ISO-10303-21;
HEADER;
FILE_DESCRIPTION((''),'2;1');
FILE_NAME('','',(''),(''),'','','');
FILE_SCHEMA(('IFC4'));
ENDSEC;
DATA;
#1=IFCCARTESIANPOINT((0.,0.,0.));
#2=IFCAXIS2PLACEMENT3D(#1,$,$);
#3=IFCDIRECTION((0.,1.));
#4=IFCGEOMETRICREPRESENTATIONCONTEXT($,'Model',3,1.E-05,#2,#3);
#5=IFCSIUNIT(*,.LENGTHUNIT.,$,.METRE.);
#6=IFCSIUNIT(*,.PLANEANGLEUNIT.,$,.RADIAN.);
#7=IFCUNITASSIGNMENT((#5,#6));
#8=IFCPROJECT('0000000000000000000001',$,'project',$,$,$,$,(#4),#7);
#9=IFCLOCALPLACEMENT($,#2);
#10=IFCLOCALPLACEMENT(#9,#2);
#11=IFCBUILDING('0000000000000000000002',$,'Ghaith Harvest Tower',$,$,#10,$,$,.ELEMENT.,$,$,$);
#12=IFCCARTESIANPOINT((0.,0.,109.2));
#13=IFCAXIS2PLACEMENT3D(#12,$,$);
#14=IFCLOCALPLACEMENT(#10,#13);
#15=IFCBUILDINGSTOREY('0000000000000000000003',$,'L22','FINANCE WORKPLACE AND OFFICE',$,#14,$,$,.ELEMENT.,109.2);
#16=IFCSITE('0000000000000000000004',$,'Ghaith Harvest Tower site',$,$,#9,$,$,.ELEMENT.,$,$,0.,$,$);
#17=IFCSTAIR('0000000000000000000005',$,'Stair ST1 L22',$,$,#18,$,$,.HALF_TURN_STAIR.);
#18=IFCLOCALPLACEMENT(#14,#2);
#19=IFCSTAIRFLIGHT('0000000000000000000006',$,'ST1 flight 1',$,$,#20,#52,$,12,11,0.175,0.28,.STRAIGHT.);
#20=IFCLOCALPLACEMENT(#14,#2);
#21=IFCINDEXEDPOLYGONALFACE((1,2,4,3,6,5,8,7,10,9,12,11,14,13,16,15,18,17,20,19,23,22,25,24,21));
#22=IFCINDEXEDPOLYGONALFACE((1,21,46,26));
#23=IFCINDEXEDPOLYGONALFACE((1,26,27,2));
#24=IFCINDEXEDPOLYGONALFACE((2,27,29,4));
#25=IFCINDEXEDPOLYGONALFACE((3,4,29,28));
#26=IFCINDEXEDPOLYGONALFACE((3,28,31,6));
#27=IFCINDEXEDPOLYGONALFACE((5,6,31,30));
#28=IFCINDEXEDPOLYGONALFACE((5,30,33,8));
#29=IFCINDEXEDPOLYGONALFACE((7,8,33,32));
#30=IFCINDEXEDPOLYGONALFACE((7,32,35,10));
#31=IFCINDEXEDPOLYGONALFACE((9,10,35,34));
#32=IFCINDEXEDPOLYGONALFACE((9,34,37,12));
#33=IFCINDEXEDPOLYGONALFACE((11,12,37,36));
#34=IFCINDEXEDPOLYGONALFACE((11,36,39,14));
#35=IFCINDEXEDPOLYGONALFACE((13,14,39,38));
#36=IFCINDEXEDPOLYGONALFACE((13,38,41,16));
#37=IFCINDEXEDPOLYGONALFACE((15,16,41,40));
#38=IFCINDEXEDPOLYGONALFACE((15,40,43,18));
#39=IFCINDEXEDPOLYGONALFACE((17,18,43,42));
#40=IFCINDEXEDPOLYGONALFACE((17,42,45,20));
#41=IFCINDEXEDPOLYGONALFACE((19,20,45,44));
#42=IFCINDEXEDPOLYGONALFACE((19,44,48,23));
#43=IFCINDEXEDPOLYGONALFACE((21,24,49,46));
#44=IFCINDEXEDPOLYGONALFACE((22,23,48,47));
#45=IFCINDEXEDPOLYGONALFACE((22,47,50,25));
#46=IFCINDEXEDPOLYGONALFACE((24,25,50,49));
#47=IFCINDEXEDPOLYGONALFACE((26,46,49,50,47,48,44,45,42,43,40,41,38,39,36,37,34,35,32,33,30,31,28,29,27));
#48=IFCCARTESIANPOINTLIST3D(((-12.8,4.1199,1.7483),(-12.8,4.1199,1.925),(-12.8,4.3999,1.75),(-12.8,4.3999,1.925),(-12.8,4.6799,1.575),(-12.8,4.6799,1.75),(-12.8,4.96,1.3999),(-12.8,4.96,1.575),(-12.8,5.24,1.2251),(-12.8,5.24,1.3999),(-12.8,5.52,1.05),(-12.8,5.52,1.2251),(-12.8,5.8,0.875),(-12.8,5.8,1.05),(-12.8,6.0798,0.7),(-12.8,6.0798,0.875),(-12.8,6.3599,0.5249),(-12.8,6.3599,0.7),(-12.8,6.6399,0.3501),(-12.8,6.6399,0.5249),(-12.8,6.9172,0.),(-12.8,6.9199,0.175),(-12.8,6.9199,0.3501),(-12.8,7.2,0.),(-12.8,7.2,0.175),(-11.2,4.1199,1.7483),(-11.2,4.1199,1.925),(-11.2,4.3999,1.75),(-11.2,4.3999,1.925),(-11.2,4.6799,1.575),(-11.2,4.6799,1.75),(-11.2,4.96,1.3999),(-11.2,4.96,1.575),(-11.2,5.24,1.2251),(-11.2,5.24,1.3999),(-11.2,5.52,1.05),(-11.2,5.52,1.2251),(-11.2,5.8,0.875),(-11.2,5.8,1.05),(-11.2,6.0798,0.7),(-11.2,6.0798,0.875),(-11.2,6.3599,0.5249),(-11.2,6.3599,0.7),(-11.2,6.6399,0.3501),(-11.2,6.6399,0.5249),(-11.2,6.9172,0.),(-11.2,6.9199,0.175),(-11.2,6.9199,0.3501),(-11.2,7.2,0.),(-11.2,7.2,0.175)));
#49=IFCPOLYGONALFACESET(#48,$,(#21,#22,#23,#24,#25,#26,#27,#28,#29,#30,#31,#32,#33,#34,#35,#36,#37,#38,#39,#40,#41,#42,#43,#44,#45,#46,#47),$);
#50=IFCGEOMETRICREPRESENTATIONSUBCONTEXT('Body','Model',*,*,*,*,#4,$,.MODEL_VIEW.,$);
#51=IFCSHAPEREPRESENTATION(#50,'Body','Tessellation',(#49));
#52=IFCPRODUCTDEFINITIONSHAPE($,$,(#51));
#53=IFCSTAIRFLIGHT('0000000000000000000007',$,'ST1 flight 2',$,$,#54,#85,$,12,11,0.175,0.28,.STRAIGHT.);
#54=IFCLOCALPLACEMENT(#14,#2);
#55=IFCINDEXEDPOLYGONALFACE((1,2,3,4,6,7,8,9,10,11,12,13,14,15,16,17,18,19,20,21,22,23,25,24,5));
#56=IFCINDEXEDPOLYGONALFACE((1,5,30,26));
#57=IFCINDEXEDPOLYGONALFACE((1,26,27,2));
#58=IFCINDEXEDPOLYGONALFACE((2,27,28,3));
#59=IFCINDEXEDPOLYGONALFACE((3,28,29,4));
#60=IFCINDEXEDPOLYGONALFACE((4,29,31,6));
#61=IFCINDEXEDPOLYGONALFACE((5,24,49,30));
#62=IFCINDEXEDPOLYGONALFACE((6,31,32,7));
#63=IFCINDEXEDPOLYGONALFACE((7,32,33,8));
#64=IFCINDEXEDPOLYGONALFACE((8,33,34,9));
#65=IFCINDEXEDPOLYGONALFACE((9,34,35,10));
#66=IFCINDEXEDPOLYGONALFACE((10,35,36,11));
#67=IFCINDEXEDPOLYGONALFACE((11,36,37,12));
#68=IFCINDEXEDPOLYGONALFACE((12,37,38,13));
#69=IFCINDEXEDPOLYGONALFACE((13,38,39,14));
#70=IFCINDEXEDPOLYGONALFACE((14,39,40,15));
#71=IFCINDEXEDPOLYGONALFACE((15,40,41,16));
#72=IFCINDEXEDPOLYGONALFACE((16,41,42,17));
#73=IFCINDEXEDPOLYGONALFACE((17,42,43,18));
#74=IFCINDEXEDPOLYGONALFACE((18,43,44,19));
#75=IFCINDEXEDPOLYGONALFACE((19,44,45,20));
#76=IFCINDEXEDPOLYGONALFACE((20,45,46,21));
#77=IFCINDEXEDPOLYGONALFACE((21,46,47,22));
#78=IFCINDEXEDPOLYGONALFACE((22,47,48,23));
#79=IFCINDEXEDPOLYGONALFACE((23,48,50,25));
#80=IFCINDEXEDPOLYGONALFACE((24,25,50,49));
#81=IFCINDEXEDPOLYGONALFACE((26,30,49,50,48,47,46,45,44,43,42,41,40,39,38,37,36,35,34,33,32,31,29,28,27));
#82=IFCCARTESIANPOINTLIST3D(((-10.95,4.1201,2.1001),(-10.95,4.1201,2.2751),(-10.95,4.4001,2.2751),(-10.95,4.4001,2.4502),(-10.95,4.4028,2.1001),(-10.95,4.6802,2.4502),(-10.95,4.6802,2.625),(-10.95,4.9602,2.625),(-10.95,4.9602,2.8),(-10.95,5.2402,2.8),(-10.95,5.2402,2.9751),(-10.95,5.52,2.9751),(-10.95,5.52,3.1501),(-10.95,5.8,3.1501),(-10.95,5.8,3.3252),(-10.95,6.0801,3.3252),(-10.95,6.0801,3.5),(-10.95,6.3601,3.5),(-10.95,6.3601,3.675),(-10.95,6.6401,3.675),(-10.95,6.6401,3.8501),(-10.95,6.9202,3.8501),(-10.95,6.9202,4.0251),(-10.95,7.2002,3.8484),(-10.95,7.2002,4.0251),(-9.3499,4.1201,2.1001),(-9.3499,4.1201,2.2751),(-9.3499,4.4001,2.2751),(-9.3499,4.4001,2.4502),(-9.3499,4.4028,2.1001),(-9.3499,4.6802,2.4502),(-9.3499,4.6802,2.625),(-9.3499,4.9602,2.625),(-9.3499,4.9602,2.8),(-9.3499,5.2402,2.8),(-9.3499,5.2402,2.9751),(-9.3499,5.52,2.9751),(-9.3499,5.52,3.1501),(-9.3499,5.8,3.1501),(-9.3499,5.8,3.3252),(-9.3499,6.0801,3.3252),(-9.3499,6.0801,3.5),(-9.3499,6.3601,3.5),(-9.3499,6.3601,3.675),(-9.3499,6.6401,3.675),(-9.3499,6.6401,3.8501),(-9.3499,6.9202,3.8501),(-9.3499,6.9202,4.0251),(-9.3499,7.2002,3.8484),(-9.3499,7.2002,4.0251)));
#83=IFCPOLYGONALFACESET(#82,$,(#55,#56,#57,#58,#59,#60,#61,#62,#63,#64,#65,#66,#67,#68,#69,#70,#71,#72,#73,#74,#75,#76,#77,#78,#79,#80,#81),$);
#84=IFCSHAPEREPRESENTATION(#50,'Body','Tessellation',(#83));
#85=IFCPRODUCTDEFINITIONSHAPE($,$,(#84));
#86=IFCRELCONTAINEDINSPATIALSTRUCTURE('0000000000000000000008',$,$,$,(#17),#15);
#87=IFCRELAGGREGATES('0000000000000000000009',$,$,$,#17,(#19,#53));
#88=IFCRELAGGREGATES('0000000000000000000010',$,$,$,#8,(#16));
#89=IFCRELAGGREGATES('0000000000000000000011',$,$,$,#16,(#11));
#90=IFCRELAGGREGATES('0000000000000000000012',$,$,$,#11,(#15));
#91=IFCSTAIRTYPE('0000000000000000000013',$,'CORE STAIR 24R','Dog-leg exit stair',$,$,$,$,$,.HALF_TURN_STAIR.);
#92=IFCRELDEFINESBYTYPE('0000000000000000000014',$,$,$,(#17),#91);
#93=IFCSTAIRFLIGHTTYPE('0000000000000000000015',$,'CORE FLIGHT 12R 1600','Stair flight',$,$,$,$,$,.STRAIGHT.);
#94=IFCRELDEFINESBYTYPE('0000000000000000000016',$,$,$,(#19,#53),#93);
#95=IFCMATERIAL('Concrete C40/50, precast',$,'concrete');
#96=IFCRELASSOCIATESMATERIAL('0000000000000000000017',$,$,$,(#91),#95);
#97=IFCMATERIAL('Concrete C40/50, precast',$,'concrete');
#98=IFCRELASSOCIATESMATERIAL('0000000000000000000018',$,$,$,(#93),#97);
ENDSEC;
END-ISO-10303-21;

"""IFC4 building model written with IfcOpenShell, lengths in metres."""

from ifc_helpers import new_model, si_unit, direction, frame, origin, place, context, subcontext, project, spatial, polyline, outline, extrude, material, type_object, element, aggregate, save


model = new_model("IFC4")

# Units and contexts
model_context = context("Model", 3, precision=1e-05, world=origin(), true_north=direction((0.0, 1.0)))
body_context = subcontext(model_context, "Body", "Model", "MODEL_VIEW")
ifc_project = project(units=[si_unit("LENGTHUNIT", "METRE"), si_unit("PLANEANGLEUNIT", "RADIAN")], contexts=[model_context])

# Site, building, storey
site_placement = place(None, origin())
site = spatial("IfcSite", under=ifc_project, at=site_placement, Name="Ghaith Harvest Tower site", CompositionType="ELEMENT", RefElevation=0.0)
building_placement = place(site_placement, origin())
building = spatial("IfcBuilding", under=site, at=building_placement, Name="Ghaith Harvest Tower", CompositionType="ELEMENT")
storey_placement = place(building_placement, frame((0.0, 0.0, 109.2)))
storey = spatial("IfcBuildingStorey", under=building, at=storey_placement, Name="L22", Description="FINANCE WORKPLACE AND OFFICE", CompositionType="ELEMENT", Elevation=109.2)

# Stair, stair flights
ifc_material_1 = material(Name="Concrete C40/50, precast", Category="concrete")
stair_type = type_object("IfcStairType", Name="CORE STAIR 24R", Description="Dog-leg exit stair", PredefinedType="HALF_TURN_STAIR", material=ifc_material_1)
stair_placement = place(storey_placement, origin())
stair = element("IfcStair", 1, at=stair_placement, inside=storey, type_object=stair_type, Name="Stair ST1 L22", PredefinedType="HALF_TURN_STAIR")
ifc_material_2 = material(Name="Concrete C40/50, precast", Category="concrete")
stair_flight_type = type_object("IfcStairFlightType", Name="CORE FLIGHT 12R 1600", Description="Stair flight", PredefinedType="STRAIGHT", material=ifc_material_2)
stair_flight_1_placement = place(storey_placement, frame((-12.0, 7.2, 0.0), z_axis=(0.0, 0.0, 1.0), x_axis=(0.0, -1.0, 0.0)))
stair_flight_1 = element("IfcStairFlight", 2, at=stair_flight_1_placement, type_object=stair_flight_type, Name="ST1 flight 1", NumberOfRisers=12, NumberOfTreads=11, PredefinedType="STRAIGHT", RiserHeight=0.175, TreadLength=0.28, context=body_context, shape_type="SweptSolid", body=[
    extrude(outline(polyline([(0.0, 0.0), (0.0, 0.175), (0.28, 0.175), (0.28, 0.3501), (0.5601, 0.3501), (0.5601, 0.5249), (0.8401, 0.5249), (0.8401, 0.7), (1.1201, 0.7), (1.1201, 0.875), (1.3999, 0.875), (1.3999, 1.05), (1.6799, 1.05), (1.6799, 1.2251), (1.96, 1.2251), (1.96, 1.3999), (2.24, 1.3999), (2.24, 1.575), (2.52, 1.575), (2.52, 1.75), (2.8, 1.75), (2.8, 1.925), (3.0801, 1.925), (3.0801, 2.1001), (3.0801, 1.7483), (0.2827, 0.0), (0.0, 0.0)])), frame((0.0, 0.8, 0.0), z_axis=(0.0, -1.0, 0.0), x_axis=(1.0, 0.0, 0.0)), (0.0, 0.0, 1.0), 1.6001),
])
stair_flight_2_placement = place(storey_placement, frame((-10.1499, 4.1201, 2.1001), z_axis=(0.0, 0.0, 1.0), x_axis=(0.0, 1.0, 0.0)))
stair_flight_2 = element("IfcStairFlight", 3, at=stair_flight_2_placement, type_object=stair_flight_type, Name="ST1 flight 2", NumberOfRisers=12, NumberOfTreads=11, PredefinedType="STRAIGHT", RiserHeight=0.175, TreadLength=0.28, context=body_context, shape_type="SweptSolid", body=[
    extrude(outline(polyline([(0.0, 0.0), (0.0, 0.175), (0.28, 0.175), (0.28, 0.3501), (0.5601, 0.3501), (0.5601, 0.5249), (0.8401, 0.5249), (0.8401, 0.7), (1.1201, 0.7), (1.1201, 0.875), (1.3999, 0.875), (1.3999, 1.05), (1.6799, 1.05), (1.6799, 1.2251), (1.96, 1.2251), (1.96, 1.3999), (2.24, 1.3999), (2.24, 1.575), (2.52, 1.575), (2.52, 1.75), (2.8, 1.75), (2.8, 1.925), (3.0801, 1.925), (3.0801, 2.1001), (3.0801, 1.7483), (0.2827, 0.0), (0.0, 0.0)])), frame((0.0, 0.8, 0.0), z_axis=(0.0, -1.0, 0.0), x_axis=(1.0, 0.0, 0.0)), (0.0, 0.0, 1.0), 1.6001),
])
aggregate(stair, [stair_flight_1, stair_flight_2])

save(model, "model.ifc")
